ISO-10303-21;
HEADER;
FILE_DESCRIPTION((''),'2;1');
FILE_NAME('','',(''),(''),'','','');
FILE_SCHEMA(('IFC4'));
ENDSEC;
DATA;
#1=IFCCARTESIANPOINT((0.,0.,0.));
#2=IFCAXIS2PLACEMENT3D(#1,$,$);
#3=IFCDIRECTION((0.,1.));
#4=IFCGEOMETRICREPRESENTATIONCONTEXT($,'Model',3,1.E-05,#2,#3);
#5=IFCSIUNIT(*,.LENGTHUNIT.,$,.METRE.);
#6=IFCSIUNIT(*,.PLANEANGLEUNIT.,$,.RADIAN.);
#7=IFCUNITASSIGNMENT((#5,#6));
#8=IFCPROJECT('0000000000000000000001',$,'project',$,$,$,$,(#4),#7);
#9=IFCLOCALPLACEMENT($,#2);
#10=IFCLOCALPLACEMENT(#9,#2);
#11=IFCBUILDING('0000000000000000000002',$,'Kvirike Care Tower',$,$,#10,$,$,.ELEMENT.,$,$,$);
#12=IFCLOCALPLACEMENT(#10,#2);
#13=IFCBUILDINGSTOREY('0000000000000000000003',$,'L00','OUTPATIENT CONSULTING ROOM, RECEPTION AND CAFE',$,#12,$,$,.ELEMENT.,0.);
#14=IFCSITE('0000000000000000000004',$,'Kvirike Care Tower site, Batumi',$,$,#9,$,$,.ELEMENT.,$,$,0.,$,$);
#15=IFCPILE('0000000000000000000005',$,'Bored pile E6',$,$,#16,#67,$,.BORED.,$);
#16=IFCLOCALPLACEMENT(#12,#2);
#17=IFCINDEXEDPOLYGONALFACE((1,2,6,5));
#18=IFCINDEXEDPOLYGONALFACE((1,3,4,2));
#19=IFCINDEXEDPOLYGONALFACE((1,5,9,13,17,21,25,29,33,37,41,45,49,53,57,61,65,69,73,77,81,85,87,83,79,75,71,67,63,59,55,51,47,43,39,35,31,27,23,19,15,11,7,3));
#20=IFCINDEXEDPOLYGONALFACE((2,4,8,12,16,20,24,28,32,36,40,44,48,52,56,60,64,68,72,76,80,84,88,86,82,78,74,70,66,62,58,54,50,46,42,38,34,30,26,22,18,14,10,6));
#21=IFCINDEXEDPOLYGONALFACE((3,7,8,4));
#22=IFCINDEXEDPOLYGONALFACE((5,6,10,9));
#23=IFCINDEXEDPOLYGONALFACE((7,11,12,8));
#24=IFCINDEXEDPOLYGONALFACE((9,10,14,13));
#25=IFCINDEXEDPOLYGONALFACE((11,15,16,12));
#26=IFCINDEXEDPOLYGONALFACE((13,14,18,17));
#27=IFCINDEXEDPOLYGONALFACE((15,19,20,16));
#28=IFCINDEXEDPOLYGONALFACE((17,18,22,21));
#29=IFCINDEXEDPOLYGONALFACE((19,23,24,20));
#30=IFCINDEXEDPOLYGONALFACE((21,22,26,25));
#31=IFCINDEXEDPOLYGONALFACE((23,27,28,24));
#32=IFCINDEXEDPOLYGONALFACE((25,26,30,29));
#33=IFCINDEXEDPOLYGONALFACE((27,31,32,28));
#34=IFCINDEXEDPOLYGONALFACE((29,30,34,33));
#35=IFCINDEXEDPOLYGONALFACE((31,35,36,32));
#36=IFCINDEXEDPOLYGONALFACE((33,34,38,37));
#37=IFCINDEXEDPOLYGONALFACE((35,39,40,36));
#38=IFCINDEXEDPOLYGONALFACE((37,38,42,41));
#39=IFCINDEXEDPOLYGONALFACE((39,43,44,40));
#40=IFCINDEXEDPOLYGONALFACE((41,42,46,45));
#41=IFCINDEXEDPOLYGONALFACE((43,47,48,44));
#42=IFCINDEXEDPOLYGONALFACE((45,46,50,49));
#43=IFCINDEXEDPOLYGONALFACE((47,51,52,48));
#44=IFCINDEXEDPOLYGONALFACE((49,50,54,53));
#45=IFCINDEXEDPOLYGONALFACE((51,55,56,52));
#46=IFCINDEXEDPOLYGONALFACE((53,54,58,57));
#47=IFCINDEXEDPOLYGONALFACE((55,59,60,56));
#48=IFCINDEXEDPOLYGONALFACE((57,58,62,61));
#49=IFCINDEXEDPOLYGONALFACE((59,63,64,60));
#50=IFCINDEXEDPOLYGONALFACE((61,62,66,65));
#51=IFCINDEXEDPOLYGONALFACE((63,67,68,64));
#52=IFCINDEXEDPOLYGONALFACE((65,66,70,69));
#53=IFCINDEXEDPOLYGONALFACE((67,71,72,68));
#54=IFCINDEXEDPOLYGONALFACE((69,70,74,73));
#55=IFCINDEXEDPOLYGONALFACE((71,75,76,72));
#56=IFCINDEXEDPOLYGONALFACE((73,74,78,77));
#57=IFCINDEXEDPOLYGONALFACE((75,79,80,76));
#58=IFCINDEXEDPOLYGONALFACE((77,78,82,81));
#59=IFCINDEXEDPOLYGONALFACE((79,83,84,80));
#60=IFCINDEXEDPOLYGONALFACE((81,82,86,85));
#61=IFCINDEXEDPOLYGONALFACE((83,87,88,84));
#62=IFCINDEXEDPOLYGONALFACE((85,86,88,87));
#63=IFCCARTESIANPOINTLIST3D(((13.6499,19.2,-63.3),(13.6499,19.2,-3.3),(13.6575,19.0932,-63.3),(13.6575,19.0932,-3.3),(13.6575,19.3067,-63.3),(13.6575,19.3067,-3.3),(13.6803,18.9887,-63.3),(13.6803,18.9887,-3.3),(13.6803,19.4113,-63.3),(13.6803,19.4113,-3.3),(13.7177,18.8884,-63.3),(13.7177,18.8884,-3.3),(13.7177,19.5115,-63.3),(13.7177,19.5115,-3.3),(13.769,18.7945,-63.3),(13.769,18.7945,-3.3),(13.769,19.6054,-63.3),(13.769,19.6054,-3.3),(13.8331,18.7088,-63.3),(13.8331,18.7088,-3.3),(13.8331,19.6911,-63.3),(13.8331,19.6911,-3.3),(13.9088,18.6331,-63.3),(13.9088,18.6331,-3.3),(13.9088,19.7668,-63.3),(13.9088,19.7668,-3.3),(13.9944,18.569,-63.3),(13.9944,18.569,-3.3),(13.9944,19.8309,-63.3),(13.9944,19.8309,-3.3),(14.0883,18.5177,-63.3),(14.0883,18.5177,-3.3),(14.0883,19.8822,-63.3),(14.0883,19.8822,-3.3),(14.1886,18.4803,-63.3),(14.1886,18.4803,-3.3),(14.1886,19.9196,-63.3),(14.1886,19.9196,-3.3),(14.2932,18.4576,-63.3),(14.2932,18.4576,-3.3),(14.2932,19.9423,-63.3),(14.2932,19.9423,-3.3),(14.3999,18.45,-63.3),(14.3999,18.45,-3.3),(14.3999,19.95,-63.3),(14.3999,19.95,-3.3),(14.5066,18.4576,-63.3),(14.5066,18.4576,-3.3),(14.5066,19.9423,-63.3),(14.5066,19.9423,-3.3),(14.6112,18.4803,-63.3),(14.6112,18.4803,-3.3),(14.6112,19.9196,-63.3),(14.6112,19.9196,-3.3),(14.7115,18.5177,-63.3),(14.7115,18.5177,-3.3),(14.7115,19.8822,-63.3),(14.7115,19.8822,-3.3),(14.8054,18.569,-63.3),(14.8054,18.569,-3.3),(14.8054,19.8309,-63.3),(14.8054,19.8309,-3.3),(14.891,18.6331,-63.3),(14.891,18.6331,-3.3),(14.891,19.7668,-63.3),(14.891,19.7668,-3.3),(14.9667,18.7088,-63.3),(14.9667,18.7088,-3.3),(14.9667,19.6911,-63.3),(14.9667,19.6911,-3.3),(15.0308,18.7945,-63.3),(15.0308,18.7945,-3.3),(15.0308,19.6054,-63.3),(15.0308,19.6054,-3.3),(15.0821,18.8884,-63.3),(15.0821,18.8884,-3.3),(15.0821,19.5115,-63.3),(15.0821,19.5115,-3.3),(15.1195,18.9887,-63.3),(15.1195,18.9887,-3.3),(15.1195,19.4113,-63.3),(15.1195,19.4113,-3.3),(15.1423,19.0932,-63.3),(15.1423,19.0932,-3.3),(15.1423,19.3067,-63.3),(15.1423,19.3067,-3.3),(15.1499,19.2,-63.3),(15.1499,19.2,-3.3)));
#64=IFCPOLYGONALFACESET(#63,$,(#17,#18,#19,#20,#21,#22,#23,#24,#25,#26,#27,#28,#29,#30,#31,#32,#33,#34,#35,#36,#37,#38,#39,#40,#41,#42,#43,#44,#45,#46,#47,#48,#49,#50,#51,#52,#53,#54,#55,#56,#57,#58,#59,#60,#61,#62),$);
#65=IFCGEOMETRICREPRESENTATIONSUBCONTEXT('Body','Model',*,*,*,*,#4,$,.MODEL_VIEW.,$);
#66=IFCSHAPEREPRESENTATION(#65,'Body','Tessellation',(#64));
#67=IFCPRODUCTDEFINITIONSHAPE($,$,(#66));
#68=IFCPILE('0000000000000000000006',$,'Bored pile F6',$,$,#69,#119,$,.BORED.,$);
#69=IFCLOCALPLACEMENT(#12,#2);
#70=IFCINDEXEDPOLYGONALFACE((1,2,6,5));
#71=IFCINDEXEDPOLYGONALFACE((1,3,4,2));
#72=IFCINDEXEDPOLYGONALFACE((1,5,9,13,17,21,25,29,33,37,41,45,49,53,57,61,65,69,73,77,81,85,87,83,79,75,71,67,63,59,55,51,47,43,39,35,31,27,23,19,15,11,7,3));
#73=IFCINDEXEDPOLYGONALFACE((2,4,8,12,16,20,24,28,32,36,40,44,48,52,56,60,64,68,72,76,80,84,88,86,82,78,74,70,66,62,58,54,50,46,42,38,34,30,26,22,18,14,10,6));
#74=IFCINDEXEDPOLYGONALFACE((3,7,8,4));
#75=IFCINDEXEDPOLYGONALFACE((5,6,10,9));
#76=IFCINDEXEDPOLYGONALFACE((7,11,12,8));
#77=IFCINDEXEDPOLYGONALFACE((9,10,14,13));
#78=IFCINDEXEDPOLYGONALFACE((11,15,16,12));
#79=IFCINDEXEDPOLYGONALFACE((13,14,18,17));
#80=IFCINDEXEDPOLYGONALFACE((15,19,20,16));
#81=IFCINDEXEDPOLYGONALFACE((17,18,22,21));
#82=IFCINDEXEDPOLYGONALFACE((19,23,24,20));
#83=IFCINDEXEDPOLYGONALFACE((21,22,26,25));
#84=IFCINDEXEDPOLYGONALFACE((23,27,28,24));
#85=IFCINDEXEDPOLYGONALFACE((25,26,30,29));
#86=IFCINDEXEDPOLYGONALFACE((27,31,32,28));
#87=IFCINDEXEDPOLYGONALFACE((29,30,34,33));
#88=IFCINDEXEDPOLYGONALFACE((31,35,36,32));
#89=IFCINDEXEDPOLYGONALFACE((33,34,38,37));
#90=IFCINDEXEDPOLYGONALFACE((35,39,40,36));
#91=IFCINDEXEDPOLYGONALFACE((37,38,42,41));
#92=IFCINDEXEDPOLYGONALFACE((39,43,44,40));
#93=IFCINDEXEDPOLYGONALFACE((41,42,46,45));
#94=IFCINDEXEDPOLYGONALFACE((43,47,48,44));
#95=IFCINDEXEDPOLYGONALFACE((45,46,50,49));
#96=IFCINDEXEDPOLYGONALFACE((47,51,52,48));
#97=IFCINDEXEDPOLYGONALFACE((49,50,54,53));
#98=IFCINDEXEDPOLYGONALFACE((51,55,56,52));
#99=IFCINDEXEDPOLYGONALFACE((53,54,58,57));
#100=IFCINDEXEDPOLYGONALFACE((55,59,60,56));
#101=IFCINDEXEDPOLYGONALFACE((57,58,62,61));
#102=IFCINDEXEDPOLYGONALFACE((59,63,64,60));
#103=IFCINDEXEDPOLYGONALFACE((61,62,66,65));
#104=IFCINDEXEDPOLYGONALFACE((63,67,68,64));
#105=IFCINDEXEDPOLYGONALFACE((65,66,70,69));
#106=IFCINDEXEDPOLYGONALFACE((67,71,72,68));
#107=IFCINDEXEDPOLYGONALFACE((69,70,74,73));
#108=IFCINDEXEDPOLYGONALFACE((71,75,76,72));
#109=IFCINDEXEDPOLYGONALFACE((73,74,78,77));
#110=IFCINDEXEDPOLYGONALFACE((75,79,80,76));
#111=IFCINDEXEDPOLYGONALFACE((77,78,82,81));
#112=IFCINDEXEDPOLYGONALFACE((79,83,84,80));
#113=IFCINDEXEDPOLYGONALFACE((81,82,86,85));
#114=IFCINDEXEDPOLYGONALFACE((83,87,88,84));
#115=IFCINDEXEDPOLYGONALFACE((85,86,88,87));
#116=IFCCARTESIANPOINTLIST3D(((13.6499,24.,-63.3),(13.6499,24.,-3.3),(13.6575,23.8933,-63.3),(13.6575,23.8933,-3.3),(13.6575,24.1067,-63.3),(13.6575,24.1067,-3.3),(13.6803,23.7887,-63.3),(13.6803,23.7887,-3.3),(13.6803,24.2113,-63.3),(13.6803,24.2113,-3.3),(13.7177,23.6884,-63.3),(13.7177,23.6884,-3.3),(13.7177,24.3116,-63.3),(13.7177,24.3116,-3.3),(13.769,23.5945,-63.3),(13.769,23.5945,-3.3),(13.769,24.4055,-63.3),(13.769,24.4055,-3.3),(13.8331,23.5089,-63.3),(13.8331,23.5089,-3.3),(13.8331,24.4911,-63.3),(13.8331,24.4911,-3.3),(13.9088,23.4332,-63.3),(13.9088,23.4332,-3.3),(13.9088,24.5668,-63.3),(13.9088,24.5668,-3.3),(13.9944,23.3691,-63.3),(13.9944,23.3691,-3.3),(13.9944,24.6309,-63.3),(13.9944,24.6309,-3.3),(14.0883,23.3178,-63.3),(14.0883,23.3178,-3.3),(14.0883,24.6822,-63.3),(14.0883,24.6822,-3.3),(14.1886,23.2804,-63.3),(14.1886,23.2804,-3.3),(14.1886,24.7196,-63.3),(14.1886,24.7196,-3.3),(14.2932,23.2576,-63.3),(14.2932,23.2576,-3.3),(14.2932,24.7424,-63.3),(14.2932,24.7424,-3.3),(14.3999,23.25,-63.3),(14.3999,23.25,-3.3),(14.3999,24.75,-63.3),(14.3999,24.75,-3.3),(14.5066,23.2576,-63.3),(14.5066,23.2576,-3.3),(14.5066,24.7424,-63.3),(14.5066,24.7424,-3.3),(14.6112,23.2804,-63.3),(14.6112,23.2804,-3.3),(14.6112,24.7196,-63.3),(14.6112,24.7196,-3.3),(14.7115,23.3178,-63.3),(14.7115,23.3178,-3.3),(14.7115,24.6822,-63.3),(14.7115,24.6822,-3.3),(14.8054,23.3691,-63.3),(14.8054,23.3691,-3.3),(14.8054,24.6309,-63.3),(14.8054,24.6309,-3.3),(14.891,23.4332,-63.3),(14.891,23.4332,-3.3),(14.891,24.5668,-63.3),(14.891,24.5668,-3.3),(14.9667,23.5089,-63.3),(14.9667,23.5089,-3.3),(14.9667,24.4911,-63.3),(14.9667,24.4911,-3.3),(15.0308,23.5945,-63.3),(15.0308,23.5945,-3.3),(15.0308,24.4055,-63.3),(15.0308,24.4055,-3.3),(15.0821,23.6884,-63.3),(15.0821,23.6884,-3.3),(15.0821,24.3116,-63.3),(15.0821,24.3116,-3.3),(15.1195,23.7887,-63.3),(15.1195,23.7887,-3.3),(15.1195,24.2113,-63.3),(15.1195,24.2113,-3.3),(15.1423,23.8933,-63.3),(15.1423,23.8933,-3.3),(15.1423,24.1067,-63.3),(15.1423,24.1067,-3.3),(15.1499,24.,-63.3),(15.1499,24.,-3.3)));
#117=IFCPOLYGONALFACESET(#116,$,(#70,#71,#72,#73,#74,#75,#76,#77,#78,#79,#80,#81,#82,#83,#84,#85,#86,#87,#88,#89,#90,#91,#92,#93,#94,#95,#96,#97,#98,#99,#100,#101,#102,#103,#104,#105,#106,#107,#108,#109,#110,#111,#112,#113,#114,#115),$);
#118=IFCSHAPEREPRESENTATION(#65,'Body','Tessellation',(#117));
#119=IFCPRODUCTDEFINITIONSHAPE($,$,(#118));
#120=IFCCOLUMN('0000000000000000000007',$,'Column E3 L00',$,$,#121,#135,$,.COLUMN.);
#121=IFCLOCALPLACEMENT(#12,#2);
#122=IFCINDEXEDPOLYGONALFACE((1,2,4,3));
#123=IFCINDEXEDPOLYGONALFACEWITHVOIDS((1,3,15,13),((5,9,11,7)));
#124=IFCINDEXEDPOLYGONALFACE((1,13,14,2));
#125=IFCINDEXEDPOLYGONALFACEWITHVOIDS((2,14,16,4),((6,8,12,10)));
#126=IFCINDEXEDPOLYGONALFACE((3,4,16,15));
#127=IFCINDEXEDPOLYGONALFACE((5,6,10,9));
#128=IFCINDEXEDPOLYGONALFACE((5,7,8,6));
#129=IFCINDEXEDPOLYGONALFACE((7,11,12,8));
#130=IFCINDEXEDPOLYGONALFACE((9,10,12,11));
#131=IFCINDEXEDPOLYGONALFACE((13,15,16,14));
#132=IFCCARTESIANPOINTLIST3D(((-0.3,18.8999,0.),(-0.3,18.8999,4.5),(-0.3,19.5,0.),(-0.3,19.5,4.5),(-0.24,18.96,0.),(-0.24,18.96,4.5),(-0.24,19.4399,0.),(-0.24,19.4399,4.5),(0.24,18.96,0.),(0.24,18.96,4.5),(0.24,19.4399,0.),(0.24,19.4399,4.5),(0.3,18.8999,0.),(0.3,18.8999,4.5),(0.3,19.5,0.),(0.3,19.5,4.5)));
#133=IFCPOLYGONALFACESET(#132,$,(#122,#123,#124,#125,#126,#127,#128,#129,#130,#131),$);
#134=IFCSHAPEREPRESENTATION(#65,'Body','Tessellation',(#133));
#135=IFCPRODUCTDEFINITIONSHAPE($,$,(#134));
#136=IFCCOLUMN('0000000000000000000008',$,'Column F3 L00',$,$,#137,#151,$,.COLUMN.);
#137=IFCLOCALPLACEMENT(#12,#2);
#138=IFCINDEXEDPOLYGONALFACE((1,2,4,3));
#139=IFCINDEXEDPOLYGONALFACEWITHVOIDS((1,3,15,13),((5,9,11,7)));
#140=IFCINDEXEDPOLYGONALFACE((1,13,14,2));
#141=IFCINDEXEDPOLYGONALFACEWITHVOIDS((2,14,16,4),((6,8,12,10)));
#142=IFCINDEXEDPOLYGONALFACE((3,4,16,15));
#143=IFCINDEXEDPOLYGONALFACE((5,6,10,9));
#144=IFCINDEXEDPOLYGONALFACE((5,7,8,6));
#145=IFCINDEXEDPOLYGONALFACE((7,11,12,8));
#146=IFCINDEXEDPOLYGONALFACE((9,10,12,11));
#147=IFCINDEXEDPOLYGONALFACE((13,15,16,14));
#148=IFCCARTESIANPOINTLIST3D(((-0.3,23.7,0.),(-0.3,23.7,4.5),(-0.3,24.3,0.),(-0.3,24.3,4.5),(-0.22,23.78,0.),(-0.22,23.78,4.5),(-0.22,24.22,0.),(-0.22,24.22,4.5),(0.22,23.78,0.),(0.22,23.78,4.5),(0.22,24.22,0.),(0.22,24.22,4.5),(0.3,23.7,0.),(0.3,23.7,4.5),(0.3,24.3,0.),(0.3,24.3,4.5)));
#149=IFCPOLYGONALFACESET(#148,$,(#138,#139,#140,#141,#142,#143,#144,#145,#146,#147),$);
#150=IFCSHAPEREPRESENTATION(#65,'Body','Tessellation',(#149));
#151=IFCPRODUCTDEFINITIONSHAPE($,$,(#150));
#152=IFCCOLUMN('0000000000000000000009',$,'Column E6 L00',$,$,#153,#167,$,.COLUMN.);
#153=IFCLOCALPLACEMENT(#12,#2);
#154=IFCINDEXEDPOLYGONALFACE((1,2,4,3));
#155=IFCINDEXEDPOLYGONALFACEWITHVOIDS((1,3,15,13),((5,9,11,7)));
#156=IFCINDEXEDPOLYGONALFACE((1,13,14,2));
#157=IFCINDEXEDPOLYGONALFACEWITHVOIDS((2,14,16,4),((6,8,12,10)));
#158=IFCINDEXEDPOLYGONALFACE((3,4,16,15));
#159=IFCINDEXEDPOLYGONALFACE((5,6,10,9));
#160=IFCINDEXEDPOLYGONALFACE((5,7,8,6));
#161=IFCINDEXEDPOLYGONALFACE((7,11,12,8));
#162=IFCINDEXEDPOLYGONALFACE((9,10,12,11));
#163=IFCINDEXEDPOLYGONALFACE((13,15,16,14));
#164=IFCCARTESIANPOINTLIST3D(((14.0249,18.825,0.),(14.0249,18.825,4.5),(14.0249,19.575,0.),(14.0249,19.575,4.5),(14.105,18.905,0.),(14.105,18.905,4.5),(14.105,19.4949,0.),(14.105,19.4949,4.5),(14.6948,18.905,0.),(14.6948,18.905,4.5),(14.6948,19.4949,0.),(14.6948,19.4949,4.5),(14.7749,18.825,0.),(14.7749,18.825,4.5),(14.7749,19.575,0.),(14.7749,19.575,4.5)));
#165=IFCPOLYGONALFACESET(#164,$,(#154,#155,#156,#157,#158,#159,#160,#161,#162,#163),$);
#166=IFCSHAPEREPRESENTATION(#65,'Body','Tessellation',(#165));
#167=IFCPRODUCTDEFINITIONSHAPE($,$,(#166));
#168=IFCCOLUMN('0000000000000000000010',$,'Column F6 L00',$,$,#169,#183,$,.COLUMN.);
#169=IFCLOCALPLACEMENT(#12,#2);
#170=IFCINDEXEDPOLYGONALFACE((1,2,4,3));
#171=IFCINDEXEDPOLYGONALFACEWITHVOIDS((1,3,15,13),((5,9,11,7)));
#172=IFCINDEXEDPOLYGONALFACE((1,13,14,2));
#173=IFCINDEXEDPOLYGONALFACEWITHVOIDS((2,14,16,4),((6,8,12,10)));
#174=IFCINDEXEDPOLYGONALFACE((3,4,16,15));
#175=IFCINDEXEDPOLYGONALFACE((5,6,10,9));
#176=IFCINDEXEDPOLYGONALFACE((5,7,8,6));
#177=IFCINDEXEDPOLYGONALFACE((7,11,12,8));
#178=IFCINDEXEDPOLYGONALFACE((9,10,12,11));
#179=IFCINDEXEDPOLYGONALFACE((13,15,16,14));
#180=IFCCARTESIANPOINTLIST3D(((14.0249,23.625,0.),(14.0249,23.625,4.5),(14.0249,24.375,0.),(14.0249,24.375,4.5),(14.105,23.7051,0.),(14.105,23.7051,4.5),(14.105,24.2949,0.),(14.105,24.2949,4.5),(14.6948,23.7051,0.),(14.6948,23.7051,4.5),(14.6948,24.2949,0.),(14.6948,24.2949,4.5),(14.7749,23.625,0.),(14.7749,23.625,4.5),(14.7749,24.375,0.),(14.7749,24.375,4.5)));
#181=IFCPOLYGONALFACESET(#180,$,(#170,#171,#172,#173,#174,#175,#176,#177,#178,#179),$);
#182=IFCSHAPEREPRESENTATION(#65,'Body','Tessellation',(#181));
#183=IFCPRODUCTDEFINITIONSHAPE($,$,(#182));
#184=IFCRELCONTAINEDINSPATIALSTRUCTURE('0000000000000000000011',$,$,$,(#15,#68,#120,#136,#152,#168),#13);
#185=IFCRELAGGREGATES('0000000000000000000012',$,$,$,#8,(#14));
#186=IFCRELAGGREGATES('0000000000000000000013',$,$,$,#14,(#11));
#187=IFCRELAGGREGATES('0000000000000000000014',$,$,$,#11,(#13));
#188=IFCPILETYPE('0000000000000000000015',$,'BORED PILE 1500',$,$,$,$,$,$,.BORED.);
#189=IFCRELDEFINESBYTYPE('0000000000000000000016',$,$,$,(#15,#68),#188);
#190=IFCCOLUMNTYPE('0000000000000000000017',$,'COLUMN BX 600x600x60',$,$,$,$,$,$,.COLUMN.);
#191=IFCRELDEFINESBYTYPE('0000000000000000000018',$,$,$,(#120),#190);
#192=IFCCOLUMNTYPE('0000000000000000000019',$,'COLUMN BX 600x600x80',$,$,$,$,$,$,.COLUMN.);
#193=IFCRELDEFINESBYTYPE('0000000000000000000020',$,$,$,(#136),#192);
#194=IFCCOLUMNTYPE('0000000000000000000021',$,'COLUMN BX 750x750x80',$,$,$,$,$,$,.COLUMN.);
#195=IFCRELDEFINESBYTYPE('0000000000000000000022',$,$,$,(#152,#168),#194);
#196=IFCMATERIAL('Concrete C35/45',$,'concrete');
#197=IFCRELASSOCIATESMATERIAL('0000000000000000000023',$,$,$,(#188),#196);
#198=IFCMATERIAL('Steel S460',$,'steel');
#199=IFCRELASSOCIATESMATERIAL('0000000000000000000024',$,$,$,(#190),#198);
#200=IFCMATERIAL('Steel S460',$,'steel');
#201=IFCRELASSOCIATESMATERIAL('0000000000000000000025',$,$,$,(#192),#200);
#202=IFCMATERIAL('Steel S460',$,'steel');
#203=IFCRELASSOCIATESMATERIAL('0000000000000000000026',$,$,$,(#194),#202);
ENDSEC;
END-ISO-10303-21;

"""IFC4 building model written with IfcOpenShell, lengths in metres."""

from ifc_helpers import new_model, si_unit, direction, frame, origin, origin_2d, place, context, subcontext, project, spatial, hollow_rectangle, circle, extrude, material, material_profile, profile_set, type_object, element, save


model = new_model("IFC4")

# Units and contexts
model_context = context("Model", 3, precision=1e-05, world=origin(), true_north=direction((0.0, 1.0)))
body_context = subcontext(model_context, "Body", "Model", "MODEL_VIEW")
ifc_project = project(units=[si_unit("LENGTHUNIT", "METRE"), si_unit("PLANEANGLEUNIT", "RADIAN")], contexts=[model_context])

# Site, building, storey
site_placement = place(None, origin())
site = spatial("IfcSite", under=ifc_project, at=site_placement, Name="Kvirike Care Tower site, Batumi", CompositionType="ELEMENT", RefElevation=0.0)
building_placement = place(site_placement, origin())
building = spatial("IfcBuilding", under=site, at=building_placement, Name="Kvirike Care Tower", CompositionType="ELEMENT")
storey_placement = place(building_placement, origin())
storey = spatial("IfcBuildingStorey", under=building, at=storey_placement, Name="L00", Description="OUTPATIENT CONSULTING ROOM, RECEPTION AND CAFE", CompositionType="ELEMENT", Elevation=0.0)

# Piles
ifc_material_1 = material(Name="Concrete C35/45", Category="concrete")
ifc_material_profile_1 = material_profile(ifc_material_1, circle(Radius=0.75, at=origin_2d()), Name="BORED PILE 1500")
ifc_profile_set_1 = profile_set([ifc_material_profile_1], Name="Concrete C35/45")
pile_type = type_object("IfcPileType", Name="BORED PILE 1500", PredefinedType="BORED", material=ifc_profile_set_1)
for number, where, z_axis, x_axis, name in (
    (1, (14.3999, 19.2, -3.3), (0.0, 0.0, -1.0), (1.0, 0.0, 0.0), "Bored pile E6"),
    (2, (14.3999, 24.0, -3.3), (0.0, 0.0, -1.0), (1.0, 0.0, 0.0), "Bored pile F6"),
):
    element("IfcPile", number, at=place(storey_placement, frame(where, z_axis=z_axis, x_axis=x_axis)), inside=storey, type_object=pile_type, Name=name, PredefinedType="BORED", context=body_context, shape_type="SweptSolid", body=[
        extrude(circle(Radius=0.75, at=origin_2d()), origin(), (0.0, 0.0, 1.0), 60.0),
    ])

# Columns
ifc_material_2 = material(Name="Steel S460", Category="steel")
ifc_material_profile_2 = material_profile(ifc_material_2, hollow_rectangle(XDim=0.6001, YDim=0.6001, WallThickness=0.0601, at=origin_2d()), Name="BX 600x600x60")
ifc_profile_set_2 = profile_set([ifc_material_profile_2], Name="Steel S460")
column_type_1 = type_object("IfcColumnType", Name="COLUMN BX 600x600x60", PredefinedType="COLUMN", material=ifc_profile_set_2)
column_1_placement = place(storey_placement, frame((0.0, 19.2, 0.0), z_axis=(0.0, 0.0, 1.0), x_axis=(1.0, 0.0, 0.0)))
element("IfcColumn", 3, at=column_1_placement, inside=storey, type_object=column_type_1, Name="Column E3 L00", PredefinedType="COLUMN", context=body_context, shape_type="SweptSolid", body=[
    extrude(hollow_rectangle(XDim=0.6001, YDim=0.6001, WallThickness=0.0601, at=origin_2d()), origin(), (0.0, 0.0, 1.0), 4.5),
])
ifc_material_3 = material(Name="Steel S460", Category="steel")
ifc_material_profile_3 = material_profile(ifc_material_3, hollow_rectangle(XDim=0.6001, YDim=0.6001, WallThickness=0.0801, at=origin_2d()), Name="BX 600x600x80")
ifc_profile_set_3 = profile_set([ifc_material_profile_3], Name="Steel S460")
column_type_2 = type_object("IfcColumnType", Name="COLUMN BX 600x600x80", PredefinedType="COLUMN", material=ifc_profile_set_3)
column_2_placement = place(storey_placement, frame((0.0, 24.0, 0.0), z_axis=(0.0, 0.0, 1.0), x_axis=(1.0, 0.0, 0.0)))
element("IfcColumn", 4, at=column_2_placement, inside=storey, type_object=column_type_2, Name="Column F3 L00", PredefinedType="COLUMN", context=body_context, shape_type="SweptSolid", body=[
    extrude(hollow_rectangle(XDim=0.6001, YDim=0.6001, WallThickness=0.0801, at=origin_2d()), origin(), (0.0, 0.0, 1.0), 4.5),
])
ifc_material_4 = material(Name="Steel S460", Category="steel")
ifc_material_profile_4 = material_profile(ifc_material_4, hollow_rectangle(XDim=0.75, YDim=0.75, WallThickness=0.0801, at=origin_2d()), Name="BX 750x750x80")
ifc_profile_set_4 = profile_set([ifc_material_profile_4], Name="Steel S460")
column_type_3 = type_object("IfcColumnType", Name="COLUMN BX 750x750x80", PredefinedType="COLUMN", material=ifc_profile_set_4)
for number, where, z_axis, x_axis, name in (
    (5, (14.3999, 19.2, 0.0), (0.0, 0.0, 1.0), (1.0, 0.0, 0.0), "Column E6 L00"),
    (6, (14.3999, 24.0, 0.0), (0.0, 0.0, 1.0), (1.0, 0.0, 0.0), "Column F6 L00"),
):
    element("IfcColumn", number, at=place(storey_placement, frame(where, z_axis=z_axis, x_axis=x_axis)), inside=storey, type_object=column_type_3, Name=name, PredefinedType="COLUMN", context=body_context, shape_type="SweptSolid", body=[
        extrude(hollow_rectangle(XDim=0.75, YDim=0.75, WallThickness=0.0801, at=origin_2d()), origin(), (0.0, 0.0, 1.0), 4.5),
    ])

save(model, "model.ifc")
